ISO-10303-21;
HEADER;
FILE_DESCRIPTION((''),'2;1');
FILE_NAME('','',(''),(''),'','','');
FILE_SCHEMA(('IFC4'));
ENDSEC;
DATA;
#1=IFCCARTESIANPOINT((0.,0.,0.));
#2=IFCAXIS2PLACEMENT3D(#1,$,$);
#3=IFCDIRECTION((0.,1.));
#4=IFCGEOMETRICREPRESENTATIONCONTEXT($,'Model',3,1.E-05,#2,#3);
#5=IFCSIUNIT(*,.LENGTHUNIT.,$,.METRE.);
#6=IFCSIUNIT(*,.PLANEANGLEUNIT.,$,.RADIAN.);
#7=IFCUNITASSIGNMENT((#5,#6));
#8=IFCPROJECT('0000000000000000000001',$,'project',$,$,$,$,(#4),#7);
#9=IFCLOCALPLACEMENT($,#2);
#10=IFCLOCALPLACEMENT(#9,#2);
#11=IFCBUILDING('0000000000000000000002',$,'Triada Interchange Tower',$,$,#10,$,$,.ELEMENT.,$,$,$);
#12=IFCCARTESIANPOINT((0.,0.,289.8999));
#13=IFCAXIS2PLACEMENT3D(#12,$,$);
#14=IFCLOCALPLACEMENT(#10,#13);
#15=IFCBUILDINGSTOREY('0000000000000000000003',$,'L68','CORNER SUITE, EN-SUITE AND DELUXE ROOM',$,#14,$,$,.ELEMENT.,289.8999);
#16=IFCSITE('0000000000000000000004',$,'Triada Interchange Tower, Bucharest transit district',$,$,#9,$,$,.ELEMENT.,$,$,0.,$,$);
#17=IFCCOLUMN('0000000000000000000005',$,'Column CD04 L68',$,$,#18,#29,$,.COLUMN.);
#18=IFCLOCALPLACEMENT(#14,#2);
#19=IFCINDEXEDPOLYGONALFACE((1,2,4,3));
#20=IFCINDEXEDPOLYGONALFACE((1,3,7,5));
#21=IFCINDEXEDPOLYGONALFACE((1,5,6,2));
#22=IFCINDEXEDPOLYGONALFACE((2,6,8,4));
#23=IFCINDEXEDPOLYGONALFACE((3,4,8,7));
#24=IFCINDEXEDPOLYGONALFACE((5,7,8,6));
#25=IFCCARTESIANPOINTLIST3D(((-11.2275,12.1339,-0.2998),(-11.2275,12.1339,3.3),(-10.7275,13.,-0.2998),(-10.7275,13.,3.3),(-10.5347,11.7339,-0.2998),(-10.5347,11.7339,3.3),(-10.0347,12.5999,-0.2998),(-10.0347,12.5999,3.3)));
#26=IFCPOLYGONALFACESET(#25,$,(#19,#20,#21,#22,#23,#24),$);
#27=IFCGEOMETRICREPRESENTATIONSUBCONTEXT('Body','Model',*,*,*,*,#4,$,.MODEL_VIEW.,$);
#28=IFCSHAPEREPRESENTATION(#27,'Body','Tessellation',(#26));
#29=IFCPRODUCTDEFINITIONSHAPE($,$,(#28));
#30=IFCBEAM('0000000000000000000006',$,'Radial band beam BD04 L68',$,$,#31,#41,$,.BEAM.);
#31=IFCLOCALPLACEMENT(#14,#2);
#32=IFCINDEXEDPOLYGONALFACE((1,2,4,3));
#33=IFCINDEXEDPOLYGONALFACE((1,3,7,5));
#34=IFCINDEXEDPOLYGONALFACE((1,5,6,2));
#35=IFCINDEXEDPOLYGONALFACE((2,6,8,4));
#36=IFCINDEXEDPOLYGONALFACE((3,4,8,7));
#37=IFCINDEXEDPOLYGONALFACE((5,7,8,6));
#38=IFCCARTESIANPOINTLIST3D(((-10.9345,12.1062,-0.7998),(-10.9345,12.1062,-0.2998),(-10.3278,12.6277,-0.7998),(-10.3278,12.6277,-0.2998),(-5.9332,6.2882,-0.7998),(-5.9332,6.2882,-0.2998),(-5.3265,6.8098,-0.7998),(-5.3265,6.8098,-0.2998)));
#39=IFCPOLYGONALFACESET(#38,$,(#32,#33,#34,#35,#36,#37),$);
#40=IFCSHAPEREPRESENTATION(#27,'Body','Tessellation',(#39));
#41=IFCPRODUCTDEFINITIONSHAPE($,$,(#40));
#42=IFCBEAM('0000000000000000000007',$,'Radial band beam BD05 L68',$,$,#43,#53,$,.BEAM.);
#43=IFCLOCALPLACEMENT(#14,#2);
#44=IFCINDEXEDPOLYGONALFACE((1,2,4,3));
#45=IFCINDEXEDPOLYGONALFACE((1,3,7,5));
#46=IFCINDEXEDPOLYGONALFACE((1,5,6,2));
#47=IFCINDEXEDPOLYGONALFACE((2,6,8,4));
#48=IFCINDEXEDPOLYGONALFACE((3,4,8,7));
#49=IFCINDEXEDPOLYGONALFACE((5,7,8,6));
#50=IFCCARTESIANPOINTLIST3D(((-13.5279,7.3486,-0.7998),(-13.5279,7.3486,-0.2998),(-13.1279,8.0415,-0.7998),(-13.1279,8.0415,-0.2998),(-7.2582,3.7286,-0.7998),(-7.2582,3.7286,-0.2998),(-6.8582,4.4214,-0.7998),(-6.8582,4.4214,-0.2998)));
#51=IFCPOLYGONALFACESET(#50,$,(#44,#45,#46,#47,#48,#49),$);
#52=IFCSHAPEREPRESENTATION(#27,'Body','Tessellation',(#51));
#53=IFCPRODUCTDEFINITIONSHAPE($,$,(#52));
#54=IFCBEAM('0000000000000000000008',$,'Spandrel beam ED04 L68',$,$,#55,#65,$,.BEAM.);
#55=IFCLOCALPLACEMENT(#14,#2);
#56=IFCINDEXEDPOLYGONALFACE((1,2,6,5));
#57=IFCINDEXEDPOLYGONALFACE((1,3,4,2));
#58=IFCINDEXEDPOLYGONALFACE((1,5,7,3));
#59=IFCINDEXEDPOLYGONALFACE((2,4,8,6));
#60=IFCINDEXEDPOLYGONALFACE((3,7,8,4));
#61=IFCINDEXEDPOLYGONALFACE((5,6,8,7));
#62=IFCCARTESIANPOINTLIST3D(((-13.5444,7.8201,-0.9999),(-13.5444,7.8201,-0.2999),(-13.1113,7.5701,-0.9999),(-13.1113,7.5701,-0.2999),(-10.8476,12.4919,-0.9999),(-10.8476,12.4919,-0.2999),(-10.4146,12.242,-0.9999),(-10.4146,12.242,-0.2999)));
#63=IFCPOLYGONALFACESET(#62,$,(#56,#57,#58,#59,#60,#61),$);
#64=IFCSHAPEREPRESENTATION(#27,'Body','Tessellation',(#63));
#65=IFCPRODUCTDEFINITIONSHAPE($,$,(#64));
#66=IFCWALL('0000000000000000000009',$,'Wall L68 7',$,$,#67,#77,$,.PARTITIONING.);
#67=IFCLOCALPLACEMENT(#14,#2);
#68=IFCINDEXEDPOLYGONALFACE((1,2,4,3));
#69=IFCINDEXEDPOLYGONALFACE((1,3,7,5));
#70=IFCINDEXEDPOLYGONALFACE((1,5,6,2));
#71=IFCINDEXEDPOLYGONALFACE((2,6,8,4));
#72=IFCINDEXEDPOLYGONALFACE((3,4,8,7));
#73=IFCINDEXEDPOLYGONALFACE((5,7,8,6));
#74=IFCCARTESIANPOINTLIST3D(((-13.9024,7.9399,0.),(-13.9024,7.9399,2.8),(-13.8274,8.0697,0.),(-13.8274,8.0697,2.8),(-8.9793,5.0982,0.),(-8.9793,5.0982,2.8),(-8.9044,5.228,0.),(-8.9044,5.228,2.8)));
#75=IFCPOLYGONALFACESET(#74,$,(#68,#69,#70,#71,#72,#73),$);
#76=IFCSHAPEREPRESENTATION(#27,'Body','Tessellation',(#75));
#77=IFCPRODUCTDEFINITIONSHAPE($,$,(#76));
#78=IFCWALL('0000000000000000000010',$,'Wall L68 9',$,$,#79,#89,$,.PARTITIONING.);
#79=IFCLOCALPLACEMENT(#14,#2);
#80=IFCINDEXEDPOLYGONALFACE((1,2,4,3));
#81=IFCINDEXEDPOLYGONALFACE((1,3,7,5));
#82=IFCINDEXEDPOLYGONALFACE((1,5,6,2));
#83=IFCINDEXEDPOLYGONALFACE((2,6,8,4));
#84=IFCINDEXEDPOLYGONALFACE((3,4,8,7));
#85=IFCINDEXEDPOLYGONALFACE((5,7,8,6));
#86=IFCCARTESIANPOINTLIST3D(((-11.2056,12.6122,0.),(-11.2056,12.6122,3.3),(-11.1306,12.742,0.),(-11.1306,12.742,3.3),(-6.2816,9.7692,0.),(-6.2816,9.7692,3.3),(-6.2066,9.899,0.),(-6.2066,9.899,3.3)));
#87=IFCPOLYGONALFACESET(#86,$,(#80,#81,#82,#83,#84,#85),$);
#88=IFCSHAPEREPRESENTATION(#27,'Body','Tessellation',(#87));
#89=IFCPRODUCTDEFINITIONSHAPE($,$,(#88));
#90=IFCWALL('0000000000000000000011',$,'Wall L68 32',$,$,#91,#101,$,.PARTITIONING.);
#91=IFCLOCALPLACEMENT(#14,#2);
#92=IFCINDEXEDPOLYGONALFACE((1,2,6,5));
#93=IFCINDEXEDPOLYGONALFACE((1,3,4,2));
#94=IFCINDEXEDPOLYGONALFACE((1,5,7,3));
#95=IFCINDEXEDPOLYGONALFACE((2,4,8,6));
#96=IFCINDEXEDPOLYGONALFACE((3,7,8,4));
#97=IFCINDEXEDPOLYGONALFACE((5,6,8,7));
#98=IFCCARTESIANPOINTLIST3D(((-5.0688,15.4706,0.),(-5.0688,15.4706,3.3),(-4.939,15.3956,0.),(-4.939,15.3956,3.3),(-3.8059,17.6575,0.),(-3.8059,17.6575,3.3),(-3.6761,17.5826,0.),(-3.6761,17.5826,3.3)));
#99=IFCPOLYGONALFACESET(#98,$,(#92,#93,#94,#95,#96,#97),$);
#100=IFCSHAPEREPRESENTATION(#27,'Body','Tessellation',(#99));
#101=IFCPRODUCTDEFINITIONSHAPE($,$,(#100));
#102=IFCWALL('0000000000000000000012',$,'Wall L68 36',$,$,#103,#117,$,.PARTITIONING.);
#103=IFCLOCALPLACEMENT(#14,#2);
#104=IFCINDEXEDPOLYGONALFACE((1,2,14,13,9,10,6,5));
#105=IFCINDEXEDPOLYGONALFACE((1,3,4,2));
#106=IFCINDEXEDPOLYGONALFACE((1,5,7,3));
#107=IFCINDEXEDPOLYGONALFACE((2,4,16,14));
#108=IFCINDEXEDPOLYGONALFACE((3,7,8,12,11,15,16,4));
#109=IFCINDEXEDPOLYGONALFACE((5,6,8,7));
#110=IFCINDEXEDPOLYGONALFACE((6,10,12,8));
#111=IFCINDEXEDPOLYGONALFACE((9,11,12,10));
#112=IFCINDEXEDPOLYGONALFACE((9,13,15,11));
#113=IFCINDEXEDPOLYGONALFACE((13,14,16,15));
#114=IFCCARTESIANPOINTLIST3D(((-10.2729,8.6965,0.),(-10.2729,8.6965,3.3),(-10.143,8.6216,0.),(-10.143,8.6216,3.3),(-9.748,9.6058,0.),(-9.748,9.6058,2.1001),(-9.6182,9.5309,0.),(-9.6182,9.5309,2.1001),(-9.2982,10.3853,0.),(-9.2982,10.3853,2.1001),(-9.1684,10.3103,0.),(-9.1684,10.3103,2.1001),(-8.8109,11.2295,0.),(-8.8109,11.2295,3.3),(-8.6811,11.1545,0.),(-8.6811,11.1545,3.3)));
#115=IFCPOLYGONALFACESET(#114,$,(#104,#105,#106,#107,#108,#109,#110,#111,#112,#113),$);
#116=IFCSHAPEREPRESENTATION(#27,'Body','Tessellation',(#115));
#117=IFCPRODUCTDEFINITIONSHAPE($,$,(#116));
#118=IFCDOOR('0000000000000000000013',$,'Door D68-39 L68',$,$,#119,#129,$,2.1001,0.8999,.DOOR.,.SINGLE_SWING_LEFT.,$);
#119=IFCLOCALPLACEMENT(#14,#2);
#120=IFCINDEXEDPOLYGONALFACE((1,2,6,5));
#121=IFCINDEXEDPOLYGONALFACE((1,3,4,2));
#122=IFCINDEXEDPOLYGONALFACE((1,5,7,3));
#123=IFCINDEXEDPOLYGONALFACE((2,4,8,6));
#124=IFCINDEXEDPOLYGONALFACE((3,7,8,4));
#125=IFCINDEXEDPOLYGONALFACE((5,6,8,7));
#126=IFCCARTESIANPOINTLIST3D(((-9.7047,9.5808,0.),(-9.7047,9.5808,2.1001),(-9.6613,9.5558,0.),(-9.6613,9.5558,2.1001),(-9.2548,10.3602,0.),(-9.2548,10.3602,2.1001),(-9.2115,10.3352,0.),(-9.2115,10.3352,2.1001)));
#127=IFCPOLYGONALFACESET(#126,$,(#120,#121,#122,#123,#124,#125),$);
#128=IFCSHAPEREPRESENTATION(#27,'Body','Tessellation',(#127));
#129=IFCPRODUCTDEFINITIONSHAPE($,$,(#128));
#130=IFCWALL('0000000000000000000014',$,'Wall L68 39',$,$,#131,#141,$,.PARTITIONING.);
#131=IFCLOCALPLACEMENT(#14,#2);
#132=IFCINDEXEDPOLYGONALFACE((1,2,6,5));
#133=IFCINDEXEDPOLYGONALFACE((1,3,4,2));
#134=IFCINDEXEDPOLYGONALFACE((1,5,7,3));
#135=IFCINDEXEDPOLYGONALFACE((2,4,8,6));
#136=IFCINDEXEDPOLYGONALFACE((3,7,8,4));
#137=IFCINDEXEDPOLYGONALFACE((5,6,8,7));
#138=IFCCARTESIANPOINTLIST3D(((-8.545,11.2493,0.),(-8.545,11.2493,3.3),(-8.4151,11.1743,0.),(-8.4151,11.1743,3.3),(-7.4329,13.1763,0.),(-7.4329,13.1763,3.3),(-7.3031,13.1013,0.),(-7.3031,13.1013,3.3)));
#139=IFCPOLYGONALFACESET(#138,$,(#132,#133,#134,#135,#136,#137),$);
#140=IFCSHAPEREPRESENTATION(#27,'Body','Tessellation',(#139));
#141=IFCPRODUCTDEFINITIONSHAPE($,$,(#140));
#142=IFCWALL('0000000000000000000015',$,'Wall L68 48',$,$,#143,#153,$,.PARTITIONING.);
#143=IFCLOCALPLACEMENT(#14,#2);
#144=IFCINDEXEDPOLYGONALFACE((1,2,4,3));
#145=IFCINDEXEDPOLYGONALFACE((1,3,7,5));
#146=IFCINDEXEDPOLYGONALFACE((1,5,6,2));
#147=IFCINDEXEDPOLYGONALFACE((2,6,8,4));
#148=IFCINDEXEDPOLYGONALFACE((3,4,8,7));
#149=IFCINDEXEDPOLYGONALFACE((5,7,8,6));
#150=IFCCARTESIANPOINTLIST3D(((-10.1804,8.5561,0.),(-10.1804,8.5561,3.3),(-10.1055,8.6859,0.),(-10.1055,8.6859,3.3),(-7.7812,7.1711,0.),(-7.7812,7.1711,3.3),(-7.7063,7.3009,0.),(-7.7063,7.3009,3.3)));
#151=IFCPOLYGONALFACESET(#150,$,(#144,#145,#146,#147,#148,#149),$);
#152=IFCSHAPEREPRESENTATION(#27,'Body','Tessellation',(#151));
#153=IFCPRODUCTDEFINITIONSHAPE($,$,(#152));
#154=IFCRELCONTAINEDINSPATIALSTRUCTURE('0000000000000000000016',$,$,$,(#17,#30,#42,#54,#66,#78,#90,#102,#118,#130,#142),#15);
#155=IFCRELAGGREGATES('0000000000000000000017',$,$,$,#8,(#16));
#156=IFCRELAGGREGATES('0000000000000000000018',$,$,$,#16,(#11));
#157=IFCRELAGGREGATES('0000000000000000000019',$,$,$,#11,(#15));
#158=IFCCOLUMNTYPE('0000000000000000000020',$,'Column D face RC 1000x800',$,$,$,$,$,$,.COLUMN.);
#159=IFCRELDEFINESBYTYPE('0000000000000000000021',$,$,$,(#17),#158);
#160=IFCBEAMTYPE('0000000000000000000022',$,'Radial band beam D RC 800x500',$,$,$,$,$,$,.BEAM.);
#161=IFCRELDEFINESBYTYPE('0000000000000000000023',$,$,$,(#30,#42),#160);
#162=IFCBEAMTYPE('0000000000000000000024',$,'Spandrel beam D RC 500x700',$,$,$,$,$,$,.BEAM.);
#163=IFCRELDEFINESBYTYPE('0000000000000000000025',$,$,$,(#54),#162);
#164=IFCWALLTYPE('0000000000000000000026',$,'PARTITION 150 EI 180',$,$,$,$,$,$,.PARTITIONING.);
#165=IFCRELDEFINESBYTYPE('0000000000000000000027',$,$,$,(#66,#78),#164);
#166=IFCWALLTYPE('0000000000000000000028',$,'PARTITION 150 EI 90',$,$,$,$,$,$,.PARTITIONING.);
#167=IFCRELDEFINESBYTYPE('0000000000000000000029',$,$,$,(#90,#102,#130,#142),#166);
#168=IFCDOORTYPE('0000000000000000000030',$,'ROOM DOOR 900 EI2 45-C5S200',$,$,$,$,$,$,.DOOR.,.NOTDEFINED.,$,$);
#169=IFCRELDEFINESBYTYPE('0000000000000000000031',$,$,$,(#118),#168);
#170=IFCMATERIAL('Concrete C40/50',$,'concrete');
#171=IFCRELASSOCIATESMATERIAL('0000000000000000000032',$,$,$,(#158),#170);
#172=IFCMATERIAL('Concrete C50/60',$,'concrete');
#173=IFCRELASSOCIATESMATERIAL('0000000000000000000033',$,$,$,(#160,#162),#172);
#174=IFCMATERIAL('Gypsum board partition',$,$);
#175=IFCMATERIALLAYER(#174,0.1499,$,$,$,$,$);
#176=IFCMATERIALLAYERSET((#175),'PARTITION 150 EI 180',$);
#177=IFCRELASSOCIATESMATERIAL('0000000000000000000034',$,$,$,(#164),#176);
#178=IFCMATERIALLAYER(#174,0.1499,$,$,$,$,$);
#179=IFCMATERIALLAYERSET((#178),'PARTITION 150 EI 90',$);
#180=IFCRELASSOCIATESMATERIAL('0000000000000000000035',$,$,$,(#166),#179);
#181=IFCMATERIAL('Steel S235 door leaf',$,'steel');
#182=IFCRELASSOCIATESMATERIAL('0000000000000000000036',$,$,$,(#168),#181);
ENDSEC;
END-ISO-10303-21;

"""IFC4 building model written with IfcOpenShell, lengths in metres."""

from ifc_helpers import new_model, si_unit, direction, frame, frame_2d, origin, origin_2d, place, context, subcontext, project, spatial, rectangle, extrude, material, layer, layer_set, material_profile, profile_set, type_object, element, fill, save


model = new_model("IFC4")

# Units and contexts
model_context = context("Model", 3, precision=1e-05, world=origin(), true_north=direction((0.0, 1.0)))
body_context = subcontext(model_context, "Body", "Model", "MODEL_VIEW")
ifc_project = project(units=[si_unit("LENGTHUNIT", "METRE"), si_unit("PLANEANGLEUNIT", "RADIAN")], contexts=[model_context])

# Site, building, storey
site_placement = place(None, origin())
site = spatial("IfcSite", under=ifc_project, at=site_placement, Name="Triada Interchange Tower, Bucharest transit district", CompositionType="ELEMENT", RefElevation=0.0)
building_placement = place(site_placement, origin())
building = spatial("IfcBuilding", under=site, at=building_placement, Name="Triada Interchange Tower", CompositionType="ELEMENT")
storey_placement = place(building_placement, frame((0.0, 0.0, 289.8999)))
storey = spatial("IfcBuildingStorey", under=building, at=storey_placement, Name="L68", Description="CORNER SUITE, EN-SUITE AND DELUXE ROOM", CompositionType="ELEMENT", Elevation=289.8999)

# Column
ifc_material_1 = material(Name="Concrete C40/50", Category="concrete")
ifc_material_profile_1 = material_profile(ifc_material_1, rectangle(XDim=1.0, YDim=0.8, at=origin_2d()), Name="RC 1000x800")
ifc_profile_set_1 = profile_set([ifc_material_profile_1], Name="Concrete C40/50")
column_type = type_object("IfcColumnType", Name="Column D face RC 1000x800", PredefinedType="COLUMN", material=ifc_profile_set_1)
column_placement = place(storey_placement, frame((-10.6311, 12.3669, -0.2998), z_axis=(0.0, 0.0, 1.0), x_axis=(0.5, 0.866025, 0.0)))
element("IfcColumn", 1, at=column_placement, inside=storey, type_object=column_type, Name="Column CD04 L68", PredefinedType="COLUMN", context=body_context, shape_type="SweptSolid", body=[
    extrude(rectangle(XDim=1.0, YDim=0.8, at=origin_2d()), origin(), (0.0, 0.0, 1.0), 3.5999),
])

# Beams
ifc_material_2 = material(Name="Concrete C50/60", Category="concrete")
ifc_material_profile_2 = material_profile(ifc_material_2, rectangle(XDim=0.8, YDim=0.5, at=origin_2d()), Name="RC 800x500")
ifc_profile_set_2 = profile_set([ifc_material_profile_2], Name="Concrete C50/60")
beam_type_1 = type_object("IfcBeamType", Name="Radial band beam D RC 800x500", PredefinedType="BEAM", material=ifc_profile_set_2)
beam_1_placement = place(storey_placement, frame((-10.6311, 12.3669, -0.5498), z_axis=(0.651878, -0.758324, 0.0), x_axis=(0.758324, 0.651878, 0.0)))
element("IfcBeam", 2, at=beam_1_placement, inside=storey, type_object=beam_type_1, Name="Radial band beam BD04 L68", PredefinedType="BEAM", context=body_context, shape_type="SweptSolid", body=[
    extrude(rectangle(XDim=0.8, YDim=0.5, at=origin_2d()), origin(), (0.0, 0.0, 1.0), 7.6721),
])
beam_2_placement = place(storey_placement, frame((-13.3279, 7.6951, -0.5498), z_axis=(0.86601, -0.500027, 0.0), x_axis=(0.500027, 0.86601, 0.0)))
element("IfcBeam", 3, at=beam_2_placement, inside=storey, type_object=beam_type_1, Name="Radial band beam BD05 L68", PredefinedType="BEAM", context=body_context, shape_type="SweptSolid", body=[
    extrude(rectangle(XDim=0.8, YDim=0.5, at=origin_2d()), origin(), (0.0, 0.0, 1.0), 7.2397),
])
ifc_material_profile_3 = material_profile(ifc_material_2, rectangle(XDim=0.5, YDim=0.7, at=origin_2d()), Name="RC 500x700")
ifc_profile_set_3 = profile_set([ifc_material_profile_3], Name="Concrete C50/60")
beam_type_2 = type_object("IfcBeamType", Name="Spandrel beam D RC 500x700", PredefinedType="BEAM", material=ifc_profile_set_3)
beam_3_placement = place(storey_placement, frame((-10.6311, 12.3669, -0.6499), z_axis=(-0.499926, -0.866068, 0.0), x_axis=(0.866068, -0.499926, 0.0)))
element("IfcBeam", 4, at=beam_3_placement, inside=storey, type_object=beam_type_2, Name="Spandrel beam ED04 L68", PredefinedType="BEAM", context=body_context, shape_type="SweptSolid", body=[
    extrude(rectangle(XDim=0.5, YDim=0.7, at=origin_2d()), origin(), (0.0, 0.0, 1.0), 5.3943),
])

# Shared definitions
ifc_material_3 = material(Name="Steel S235 door leaf", Category="steel")

# Walls
ifc_material_4 = material(Name="Gypsum board partition")
ifc_layer_1 = layer(ifc_material_4, 0.1499)
ifc_layer_set_1 = layer_set([ifc_layer_1], Name="PARTITION 150 EI 180")
wall_type_1 = type_object("IfcWallType", Name="PARTITION 150 EI 180", PredefinedType="PARTITIONING", material=ifc_layer_set_1)
wall_1_placement = place(storey_placement, frame((-13.865, 8.0049, 0.0), z_axis=(0.0, 0.0, 1.0), x_axis=(0.866068, -0.499927, 0.0)))
element("IfcWall", 5, at=wall_1_placement, inside=storey, type_object=wall_type_1, Name="Wall L68 7", PredefinedType="PARTITIONING", context=body_context, shape_type="SweptSolid", body=[
    extrude(rectangle(XDim=5.6843, YDim=0.1499, at=frame_2d((2.8423, 0.0))), origin(), (0.0, 0.0, 1.0), 2.8),
])
wall_2_placement = place(storey_placement, frame((-11.168, 12.677, 0.0), z_axis=(0.0, 0.0, 1.0), x_axis=(0.866018, -0.500014, 0.0)))
element("IfcWall", 6, at=wall_2_placement, inside=storey, type_object=wall_type_1, Name="Wall L68 9", PredefinedType="PARTITIONING", context=body_context, shape_type="SweptSolid", body=[
    extrude(rectangle(XDim=5.6858, YDim=0.1499, at=frame_2d((2.8428, 0.0))), origin(), (0.0, 0.0, 1.0), 3.3),
])
ifc_layer_2 = layer(ifc_material_4, 0.1499)
ifc_layer_set_2 = layer_set([ifc_layer_2], Name="PARTITION 150 EI 90")
wall_type_2 = type_object("IfcWallType", Name="PARTITION 150 EI 90", PredefinedType="PARTITIONING", material=ifc_layer_set_2)
wall_3_placement = place(storey_placement, frame((-5.0039, 15.4331, 0.0), z_axis=(0.0, 0.0, 1.0), x_axis=(0.500079, 0.86598, 0.0)))
element("IfcWall", 7, at=wall_3_placement, inside=storey, type_object=wall_type_2, Name="Wall L68 32", PredefinedType="PARTITIONING", context=body_context, shape_type="SweptSolid", body=[
    extrude(rectangle(XDim=2.5254, YDim=0.1499, at=frame_2d((1.2627, 0.0))), origin(), (0.0, 0.0, 1.0), 3.3),
])

# Wall, opening, door
wall_4_placement = place(storey_placement, frame((-10.208, 8.6589, 0.0), z_axis=(0.0, 0.0, 1.0), x_axis=(0.499874, 0.866098, 0.0)))
wall_4 = element("IfcWall", 8, at=wall_4_placement, inside=storey, type_object=wall_type_2, Name="Wall L68 36", PredefinedType="PARTITIONING", context=body_context, shape_type="SweptSolid", body=[
    extrude(rectangle(XDim=2.9246, YDim=0.1499, at=frame_2d((1.4624, 0.0))), origin(), (0.0, 0.0, 1.0), 3.3),
])
opening_1_placement = place(wall_4_placement, frame((1.05, 0.0, 0.0)))
opening_1 = element("IfcOpeningElement", 9, at=opening_1_placement, cuts=wall_4, PredefinedType="OPENING", context=body_context, shape_type="SweptSolid", body=[
    extrude(rectangle(XDim=0.8999, YDim=2.1001, at=frame_2d((0.45, 1.05))), frame((0.0, 0.085, 0.0), z_axis=(0.0, -1.0, 0.0), x_axis=(1.0, 0.0, 0.0)), (0.0, 0.0, 1.0), 0.1699),
])
door_type_1 = type_object("IfcDoorType", Name="ROOM DOOR 900 EI2 45-C5S200", OperationType="NOTDEFINED", PredefinedType="DOOR", material=ifc_material_3)
door_1_placement = place(opening_1_placement, origin())
door_1 = element("IfcDoor", 10, at=door_1_placement, inside=storey, type_object=door_type_1, Name="Door D68-39 L68", OperationType="SINGLE_SWING_LEFT", OverallHeight=2.1001, OverallWidth=0.8999, PredefinedType="DOOR", context=body_context, shape_type="SweptSolid", body=[
    extrude(rectangle(XDim=0.8999, YDim=2.1001, at=frame_2d((0.45, 1.05))), frame((0.0, 0.0249, 0.0), z_axis=(0.0, -1.0, 0.0), x_axis=(1.0, 0.0, 0.0)), (0.0, 0.0, 1.0), 0.05),
])
fill(opening_1, door_1)

# Walls
wall_5_placement = place(storey_placement, frame((-8.48, 11.2119, 0.0), z_axis=(0.0, 0.0, 1.0), x_axis=(0.499833, 0.866122, 0.0)))
element("IfcWall", 11, at=wall_5_placement, inside=storey, type_object=wall_type_2, Name="Wall L68 39", PredefinedType="PARTITIONING", context=body_context, shape_type="SweptSolid", body=[
    extrude(rectangle(XDim=2.2249, YDim=0.1499, at=frame_2d((1.1123, 0.0))), origin(), (0.0, 0.0, 1.0), 3.3),
])
wall_6_placement = place(storey_placement, frame((-10.1431, 8.6211, 0.0), z_axis=(0.0, 0.0, 1.0), x_axis=(0.866049, -0.499959, 0.0)))
element("IfcWall", 12, at=wall_6_placement, inside=storey, type_object=wall_type_2, Name="Wall L68 48", PredefinedType="PARTITIONING", context=body_context, shape_type="SweptSolid", body=[
    extrude(rectangle(XDim=2.7703, YDim=0.1499, at=frame_2d((1.3853, 0.0))), origin(), (0.0, 0.0, 1.0), 3.3),
])

save(model, "model.ifc")
